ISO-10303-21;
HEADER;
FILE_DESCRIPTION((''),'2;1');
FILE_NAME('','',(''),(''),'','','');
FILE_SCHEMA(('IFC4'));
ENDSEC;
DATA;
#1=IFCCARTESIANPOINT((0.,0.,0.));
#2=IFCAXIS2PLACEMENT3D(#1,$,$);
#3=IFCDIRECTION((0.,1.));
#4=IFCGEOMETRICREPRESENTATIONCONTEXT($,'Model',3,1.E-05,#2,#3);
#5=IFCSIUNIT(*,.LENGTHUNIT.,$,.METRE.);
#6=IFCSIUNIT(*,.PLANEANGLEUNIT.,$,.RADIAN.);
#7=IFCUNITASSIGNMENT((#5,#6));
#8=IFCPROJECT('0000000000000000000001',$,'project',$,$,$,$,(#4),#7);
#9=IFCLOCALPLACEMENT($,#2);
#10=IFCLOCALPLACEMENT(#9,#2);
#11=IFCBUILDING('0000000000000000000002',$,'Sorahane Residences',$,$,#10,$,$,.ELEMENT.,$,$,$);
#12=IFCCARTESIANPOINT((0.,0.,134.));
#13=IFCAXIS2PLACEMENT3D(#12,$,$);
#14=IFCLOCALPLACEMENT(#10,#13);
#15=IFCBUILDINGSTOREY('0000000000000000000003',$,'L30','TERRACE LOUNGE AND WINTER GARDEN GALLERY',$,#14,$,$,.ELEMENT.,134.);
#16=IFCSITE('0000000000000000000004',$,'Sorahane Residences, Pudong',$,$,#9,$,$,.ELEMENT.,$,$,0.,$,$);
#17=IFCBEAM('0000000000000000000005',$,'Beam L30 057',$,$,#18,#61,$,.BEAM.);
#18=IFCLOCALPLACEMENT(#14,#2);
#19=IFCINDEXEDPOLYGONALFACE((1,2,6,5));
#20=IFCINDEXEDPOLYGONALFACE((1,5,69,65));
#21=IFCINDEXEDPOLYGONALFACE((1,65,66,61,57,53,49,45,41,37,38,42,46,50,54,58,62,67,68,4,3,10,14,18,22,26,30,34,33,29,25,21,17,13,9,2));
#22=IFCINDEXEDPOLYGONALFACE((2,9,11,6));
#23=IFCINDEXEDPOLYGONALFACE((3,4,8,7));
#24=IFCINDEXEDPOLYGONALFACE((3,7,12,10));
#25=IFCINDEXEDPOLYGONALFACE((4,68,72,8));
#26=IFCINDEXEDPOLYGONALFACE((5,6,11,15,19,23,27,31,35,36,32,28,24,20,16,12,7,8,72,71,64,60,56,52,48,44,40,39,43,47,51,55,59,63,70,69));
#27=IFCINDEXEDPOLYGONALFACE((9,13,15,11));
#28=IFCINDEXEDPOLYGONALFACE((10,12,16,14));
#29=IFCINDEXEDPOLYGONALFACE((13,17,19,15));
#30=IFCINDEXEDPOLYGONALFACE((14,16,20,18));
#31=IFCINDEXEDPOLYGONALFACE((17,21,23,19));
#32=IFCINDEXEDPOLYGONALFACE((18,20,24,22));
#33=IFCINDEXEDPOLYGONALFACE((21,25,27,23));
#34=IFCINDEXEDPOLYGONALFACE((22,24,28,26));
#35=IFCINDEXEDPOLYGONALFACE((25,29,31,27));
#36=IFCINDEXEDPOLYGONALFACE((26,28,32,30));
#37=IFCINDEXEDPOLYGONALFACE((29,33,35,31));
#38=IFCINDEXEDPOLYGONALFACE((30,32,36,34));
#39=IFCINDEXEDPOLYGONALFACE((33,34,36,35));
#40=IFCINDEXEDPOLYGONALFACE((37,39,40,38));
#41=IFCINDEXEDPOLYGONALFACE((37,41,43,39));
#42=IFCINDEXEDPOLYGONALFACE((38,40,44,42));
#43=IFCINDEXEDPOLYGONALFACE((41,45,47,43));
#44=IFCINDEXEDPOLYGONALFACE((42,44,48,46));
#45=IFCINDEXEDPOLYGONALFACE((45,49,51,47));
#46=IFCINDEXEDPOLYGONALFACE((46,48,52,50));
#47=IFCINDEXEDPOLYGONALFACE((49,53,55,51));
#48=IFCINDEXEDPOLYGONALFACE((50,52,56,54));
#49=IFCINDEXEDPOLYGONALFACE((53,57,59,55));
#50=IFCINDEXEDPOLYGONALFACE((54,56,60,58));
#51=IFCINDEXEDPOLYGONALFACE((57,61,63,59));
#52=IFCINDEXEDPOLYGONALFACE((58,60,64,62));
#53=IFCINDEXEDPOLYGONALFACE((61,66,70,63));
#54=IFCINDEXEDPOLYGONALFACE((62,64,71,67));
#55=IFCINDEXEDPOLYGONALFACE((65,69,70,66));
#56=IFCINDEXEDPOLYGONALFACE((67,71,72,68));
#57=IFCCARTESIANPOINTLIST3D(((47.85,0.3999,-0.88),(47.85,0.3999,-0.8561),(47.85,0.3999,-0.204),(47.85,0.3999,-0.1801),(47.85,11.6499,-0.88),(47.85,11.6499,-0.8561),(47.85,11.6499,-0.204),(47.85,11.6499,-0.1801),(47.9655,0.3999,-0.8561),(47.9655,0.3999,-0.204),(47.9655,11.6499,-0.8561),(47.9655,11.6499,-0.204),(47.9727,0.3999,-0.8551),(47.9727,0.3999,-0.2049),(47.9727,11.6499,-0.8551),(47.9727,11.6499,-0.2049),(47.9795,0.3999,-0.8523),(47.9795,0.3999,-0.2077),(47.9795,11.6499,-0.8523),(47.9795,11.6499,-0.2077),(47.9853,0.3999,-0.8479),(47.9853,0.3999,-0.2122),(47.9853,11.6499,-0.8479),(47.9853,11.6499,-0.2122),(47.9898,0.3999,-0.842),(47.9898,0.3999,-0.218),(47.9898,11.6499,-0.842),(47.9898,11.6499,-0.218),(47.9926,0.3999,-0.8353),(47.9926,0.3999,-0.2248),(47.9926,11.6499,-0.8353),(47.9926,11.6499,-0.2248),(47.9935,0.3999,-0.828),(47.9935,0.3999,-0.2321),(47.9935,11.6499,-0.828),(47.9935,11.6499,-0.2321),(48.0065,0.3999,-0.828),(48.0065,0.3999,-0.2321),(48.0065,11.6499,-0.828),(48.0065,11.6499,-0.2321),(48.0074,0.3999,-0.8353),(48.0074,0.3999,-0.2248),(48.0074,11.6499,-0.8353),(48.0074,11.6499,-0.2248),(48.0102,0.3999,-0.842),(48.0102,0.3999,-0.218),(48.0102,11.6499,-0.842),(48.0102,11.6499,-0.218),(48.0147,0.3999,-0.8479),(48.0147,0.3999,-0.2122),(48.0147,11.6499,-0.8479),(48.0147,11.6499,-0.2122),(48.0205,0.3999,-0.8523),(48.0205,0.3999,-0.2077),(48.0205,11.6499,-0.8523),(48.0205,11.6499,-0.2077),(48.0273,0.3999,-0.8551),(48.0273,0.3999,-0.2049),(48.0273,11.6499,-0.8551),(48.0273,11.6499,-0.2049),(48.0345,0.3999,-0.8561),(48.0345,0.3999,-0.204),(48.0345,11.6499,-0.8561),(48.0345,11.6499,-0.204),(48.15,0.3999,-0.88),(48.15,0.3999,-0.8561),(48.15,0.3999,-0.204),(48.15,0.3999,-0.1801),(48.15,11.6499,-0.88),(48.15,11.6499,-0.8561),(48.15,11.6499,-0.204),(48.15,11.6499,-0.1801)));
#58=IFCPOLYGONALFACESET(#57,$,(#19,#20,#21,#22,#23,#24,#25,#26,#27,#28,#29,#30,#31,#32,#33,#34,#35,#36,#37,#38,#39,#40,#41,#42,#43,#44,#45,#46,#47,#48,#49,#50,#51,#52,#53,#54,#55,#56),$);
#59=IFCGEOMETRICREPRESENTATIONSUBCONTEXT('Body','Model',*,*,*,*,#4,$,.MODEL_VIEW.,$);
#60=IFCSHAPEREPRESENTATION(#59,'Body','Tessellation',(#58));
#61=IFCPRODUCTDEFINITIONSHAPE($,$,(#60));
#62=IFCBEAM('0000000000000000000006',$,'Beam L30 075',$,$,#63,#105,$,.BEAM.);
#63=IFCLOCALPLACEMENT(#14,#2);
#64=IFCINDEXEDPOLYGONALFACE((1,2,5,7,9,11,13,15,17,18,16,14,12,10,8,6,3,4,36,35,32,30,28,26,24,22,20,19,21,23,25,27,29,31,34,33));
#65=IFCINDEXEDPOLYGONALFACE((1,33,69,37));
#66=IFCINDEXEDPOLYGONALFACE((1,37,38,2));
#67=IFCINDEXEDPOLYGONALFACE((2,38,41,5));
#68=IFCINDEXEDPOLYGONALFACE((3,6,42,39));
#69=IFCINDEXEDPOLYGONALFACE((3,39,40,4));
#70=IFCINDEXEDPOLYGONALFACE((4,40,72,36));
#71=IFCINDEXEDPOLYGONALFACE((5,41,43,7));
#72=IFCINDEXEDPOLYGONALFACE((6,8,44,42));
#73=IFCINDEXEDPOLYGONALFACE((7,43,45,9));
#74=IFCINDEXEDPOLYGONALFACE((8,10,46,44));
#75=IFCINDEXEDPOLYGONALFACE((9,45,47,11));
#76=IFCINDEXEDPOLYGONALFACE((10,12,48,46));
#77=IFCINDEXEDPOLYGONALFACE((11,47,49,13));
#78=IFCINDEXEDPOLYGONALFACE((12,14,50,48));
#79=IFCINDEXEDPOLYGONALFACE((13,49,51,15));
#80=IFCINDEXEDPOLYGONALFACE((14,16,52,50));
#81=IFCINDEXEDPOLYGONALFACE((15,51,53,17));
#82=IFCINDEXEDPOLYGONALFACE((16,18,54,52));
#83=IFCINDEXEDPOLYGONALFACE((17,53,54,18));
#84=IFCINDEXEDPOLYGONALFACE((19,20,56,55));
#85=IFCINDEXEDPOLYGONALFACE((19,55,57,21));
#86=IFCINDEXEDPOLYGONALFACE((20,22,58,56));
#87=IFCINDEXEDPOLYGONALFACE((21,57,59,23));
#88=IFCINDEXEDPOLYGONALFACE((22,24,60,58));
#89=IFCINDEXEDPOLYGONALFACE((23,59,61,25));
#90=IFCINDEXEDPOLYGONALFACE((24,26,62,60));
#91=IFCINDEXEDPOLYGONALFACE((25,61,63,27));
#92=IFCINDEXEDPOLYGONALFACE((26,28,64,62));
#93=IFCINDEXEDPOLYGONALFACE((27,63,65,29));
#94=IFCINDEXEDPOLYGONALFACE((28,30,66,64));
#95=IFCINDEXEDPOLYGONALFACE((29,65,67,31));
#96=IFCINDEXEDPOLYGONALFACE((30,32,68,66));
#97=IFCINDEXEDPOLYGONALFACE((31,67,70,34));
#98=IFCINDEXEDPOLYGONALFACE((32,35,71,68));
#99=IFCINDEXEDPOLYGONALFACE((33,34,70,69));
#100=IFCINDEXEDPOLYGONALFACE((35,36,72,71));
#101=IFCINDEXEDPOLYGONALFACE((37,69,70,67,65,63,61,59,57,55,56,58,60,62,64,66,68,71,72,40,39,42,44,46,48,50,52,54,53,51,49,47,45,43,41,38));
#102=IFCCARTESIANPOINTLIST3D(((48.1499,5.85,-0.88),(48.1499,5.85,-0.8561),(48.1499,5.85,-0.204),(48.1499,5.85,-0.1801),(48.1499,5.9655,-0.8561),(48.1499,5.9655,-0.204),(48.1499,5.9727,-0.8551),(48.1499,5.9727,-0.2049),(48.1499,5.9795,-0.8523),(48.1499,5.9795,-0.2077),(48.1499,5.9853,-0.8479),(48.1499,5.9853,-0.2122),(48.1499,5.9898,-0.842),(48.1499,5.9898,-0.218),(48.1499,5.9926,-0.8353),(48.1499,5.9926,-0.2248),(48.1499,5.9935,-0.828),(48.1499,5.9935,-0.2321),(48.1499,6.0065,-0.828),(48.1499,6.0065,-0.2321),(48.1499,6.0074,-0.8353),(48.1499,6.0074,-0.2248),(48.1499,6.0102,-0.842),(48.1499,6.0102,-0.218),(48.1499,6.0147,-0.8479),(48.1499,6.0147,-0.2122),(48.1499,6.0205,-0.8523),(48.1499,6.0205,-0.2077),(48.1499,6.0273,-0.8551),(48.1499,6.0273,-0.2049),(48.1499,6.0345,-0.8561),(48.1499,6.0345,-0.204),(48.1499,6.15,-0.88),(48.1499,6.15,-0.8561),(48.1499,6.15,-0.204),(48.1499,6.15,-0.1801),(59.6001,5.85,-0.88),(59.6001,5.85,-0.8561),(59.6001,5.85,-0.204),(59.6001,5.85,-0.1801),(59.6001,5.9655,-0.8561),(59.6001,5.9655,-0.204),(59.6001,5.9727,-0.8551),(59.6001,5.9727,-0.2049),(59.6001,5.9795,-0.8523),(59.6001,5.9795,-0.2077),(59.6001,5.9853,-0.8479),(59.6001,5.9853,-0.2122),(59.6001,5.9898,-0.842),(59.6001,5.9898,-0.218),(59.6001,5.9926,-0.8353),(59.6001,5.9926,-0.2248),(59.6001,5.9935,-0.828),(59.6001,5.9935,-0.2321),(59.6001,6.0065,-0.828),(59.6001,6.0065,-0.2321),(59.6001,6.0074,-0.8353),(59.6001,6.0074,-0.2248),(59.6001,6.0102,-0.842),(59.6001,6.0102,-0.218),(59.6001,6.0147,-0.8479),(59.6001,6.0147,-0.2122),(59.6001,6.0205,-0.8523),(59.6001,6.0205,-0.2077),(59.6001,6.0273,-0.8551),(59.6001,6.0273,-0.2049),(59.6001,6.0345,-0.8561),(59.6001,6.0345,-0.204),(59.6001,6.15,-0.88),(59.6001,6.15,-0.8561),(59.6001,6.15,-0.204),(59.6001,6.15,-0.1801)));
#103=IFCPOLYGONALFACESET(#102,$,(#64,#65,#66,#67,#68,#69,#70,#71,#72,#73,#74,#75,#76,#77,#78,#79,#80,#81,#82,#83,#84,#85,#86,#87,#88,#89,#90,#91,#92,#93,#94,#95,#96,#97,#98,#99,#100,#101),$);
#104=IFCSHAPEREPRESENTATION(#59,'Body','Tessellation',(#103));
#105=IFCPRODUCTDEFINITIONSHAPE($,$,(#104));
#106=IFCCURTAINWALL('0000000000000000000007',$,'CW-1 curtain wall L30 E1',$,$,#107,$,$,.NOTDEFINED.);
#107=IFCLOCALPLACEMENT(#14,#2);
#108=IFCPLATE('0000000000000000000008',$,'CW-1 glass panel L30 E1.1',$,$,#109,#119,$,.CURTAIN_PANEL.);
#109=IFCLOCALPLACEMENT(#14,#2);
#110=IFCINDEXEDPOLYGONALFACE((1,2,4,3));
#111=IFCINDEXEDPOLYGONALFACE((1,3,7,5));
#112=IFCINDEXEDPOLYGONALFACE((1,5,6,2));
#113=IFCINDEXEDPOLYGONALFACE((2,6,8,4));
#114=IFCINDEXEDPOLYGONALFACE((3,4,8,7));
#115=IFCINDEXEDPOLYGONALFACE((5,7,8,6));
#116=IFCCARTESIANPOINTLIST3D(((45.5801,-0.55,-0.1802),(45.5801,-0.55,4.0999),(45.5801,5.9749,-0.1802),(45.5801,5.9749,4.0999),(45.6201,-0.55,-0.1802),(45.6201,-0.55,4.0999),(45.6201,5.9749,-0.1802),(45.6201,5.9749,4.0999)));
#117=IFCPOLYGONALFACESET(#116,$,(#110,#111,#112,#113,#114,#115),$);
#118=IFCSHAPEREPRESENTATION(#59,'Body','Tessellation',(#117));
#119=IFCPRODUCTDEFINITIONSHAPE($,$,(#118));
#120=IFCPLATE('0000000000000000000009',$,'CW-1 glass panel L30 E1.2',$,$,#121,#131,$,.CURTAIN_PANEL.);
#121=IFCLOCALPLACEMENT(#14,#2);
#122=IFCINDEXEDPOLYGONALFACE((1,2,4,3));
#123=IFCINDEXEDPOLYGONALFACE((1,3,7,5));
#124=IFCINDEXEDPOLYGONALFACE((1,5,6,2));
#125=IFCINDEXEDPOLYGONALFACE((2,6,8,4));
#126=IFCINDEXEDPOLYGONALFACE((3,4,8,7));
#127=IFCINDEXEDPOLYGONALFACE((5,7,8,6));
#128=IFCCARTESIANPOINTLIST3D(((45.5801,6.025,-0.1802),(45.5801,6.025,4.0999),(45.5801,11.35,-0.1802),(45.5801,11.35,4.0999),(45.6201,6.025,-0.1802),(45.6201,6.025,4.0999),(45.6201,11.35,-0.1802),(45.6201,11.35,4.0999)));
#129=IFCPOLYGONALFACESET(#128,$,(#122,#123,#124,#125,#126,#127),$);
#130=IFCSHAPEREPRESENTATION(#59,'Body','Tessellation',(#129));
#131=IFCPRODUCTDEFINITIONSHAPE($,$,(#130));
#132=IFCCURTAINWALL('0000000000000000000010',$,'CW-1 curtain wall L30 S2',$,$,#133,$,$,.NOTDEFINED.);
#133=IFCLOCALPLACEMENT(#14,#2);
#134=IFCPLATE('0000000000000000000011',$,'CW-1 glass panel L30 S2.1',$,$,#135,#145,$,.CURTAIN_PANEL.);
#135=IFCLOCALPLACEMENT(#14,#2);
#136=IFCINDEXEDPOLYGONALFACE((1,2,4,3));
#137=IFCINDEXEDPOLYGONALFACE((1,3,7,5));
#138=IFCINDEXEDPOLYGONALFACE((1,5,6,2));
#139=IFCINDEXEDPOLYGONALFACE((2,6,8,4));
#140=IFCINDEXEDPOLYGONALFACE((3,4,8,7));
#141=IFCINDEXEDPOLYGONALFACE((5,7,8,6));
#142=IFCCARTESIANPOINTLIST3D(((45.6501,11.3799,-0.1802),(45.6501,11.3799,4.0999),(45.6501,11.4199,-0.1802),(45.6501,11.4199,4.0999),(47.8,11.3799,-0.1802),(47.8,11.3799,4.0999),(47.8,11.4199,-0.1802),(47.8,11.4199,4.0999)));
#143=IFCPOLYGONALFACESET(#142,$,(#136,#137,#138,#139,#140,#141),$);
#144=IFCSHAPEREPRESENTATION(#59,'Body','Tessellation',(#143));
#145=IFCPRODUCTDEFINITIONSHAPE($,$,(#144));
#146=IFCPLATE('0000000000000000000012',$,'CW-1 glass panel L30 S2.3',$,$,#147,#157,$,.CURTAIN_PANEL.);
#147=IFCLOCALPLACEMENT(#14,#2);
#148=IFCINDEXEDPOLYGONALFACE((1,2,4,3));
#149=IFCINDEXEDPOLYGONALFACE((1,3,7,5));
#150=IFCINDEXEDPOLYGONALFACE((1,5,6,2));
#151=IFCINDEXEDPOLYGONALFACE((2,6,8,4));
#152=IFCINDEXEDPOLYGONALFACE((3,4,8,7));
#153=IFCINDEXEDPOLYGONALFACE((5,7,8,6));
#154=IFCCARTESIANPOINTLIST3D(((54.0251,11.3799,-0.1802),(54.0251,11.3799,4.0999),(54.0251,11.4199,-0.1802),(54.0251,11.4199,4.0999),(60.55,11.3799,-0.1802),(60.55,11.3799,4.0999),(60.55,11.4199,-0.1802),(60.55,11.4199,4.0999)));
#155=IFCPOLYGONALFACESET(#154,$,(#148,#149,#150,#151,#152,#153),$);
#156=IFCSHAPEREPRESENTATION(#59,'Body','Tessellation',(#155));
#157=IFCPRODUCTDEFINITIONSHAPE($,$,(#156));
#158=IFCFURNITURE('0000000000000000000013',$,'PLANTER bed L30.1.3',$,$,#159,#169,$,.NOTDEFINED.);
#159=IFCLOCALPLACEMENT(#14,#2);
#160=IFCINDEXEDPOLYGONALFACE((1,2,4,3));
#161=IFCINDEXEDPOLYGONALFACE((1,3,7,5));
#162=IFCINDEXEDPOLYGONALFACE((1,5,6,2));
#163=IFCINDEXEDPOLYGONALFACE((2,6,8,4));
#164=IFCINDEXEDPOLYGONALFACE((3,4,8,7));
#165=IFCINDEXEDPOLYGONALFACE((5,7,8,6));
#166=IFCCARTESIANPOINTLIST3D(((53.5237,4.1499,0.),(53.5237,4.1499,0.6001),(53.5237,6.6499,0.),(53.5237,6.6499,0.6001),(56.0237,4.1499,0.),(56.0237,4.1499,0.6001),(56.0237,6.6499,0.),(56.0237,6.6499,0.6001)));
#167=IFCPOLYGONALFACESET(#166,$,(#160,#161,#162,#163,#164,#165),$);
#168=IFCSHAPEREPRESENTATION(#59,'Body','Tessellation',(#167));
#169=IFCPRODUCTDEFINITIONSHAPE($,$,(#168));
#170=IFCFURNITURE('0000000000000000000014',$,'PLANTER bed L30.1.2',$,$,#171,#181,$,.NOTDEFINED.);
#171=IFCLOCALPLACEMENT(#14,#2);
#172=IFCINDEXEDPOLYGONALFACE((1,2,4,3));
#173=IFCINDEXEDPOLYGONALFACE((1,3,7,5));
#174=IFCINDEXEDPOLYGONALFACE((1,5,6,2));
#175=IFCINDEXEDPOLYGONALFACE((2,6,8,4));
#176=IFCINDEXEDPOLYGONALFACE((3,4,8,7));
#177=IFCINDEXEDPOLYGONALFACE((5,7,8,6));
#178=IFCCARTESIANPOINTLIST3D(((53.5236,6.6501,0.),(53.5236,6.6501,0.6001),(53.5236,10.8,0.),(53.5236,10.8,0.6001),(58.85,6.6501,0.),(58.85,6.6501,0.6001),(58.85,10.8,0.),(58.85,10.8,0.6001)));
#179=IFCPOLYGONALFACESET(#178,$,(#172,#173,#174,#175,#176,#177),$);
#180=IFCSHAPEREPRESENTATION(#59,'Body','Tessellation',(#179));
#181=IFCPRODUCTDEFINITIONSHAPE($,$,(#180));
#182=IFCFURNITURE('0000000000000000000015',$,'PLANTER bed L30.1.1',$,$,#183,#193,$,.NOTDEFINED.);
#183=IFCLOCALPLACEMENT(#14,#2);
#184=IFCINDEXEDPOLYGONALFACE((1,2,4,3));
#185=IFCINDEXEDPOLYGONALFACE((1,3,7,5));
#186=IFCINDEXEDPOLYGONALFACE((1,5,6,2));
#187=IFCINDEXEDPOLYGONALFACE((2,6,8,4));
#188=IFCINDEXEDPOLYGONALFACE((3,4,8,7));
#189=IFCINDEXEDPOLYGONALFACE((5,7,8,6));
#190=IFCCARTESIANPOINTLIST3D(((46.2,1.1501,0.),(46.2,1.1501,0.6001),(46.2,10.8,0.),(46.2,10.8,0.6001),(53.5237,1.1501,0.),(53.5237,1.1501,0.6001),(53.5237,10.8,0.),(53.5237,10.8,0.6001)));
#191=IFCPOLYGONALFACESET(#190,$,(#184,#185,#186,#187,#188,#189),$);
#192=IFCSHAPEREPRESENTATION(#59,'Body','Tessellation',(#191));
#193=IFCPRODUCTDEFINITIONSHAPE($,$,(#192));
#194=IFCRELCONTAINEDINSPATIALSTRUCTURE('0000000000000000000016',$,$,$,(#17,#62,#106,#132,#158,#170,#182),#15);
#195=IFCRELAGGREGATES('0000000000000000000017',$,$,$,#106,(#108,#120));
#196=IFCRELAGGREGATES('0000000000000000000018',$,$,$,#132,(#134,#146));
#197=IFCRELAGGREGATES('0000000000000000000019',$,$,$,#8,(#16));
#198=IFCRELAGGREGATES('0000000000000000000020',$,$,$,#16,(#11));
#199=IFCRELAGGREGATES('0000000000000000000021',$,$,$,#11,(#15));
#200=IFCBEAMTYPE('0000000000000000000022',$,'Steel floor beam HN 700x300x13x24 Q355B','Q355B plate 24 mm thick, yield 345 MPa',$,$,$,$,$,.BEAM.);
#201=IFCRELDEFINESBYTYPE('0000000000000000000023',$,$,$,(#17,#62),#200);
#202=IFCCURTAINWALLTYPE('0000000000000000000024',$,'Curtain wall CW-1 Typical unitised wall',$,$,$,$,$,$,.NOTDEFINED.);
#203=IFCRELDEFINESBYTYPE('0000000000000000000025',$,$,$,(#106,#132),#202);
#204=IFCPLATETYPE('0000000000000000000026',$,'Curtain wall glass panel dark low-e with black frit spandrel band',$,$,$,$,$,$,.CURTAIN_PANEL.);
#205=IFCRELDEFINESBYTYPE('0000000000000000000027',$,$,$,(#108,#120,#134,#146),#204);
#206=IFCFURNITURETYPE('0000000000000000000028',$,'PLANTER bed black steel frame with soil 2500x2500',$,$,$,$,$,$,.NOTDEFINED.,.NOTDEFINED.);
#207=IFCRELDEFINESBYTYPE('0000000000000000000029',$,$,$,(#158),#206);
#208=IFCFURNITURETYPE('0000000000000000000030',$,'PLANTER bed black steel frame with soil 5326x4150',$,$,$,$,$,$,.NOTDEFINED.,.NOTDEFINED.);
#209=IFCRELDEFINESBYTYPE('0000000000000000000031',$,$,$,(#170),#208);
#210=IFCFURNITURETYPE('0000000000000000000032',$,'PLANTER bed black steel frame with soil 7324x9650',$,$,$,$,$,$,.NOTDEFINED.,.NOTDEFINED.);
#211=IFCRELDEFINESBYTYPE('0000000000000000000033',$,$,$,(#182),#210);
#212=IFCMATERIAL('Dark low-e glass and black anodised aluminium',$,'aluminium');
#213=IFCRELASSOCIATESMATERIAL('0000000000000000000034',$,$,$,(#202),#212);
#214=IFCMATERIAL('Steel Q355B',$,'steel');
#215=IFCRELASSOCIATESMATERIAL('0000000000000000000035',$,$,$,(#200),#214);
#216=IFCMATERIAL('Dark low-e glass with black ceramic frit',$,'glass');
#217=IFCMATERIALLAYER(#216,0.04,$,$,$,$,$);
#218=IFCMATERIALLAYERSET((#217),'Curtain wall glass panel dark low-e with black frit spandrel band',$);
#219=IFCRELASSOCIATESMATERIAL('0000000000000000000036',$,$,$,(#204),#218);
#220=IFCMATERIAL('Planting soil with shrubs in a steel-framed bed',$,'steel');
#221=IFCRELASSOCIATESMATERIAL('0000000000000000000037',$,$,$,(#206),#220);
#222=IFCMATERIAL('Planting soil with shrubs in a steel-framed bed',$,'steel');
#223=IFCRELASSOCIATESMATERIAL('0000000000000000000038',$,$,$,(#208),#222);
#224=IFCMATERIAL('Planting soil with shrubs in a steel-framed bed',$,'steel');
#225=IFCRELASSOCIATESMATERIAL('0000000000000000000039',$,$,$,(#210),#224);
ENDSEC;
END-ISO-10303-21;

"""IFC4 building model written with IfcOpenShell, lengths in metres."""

from ifc_helpers import new_model, si_unit, direction, frame, origin, origin_2d, place, context, subcontext, project, spatial, rectangle, i_section, extrude, material, layer, layer_set, material_profile, profile_set, type_object, element, aggregate, save


model = new_model("IFC4")

# Units and contexts
model_context = context("Model", 3, precision=1e-05, world=origin(), true_north=direction((0.0, 1.0)))
body_context = subcontext(model_context, "Body", "Model", "MODEL_VIEW")
ifc_project = project(units=[si_unit("LENGTHUNIT", "METRE"), si_unit("PLANEANGLEUNIT", "RADIAN")], contexts=[model_context])

# Site, building, storey
site_placement = place(None, origin())
site = spatial("IfcSite", under=ifc_project, at=site_placement, Name="Sorahane Residences, Pudong", CompositionType="ELEMENT", RefElevation=0.0)
building_placement = place(site_placement, origin())
building = spatial("IfcBuilding", under=site, at=building_placement, Name="Sorahane Residences", CompositionType="ELEMENT")
storey_placement = place(building_placement, frame((0.0, 0.0, 134.0)))
storey = spatial("IfcBuildingStorey", under=building, at=storey_placement, Name="L30", Description="TERRACE LOUNGE AND WINTER GARDEN GALLERY", CompositionType="ELEMENT", Elevation=134.0)

# Shared definitions
ifc_material_1 = material(Name="Dark low-e glass and black anodised aluminium", Category="aluminium")
curtain_wall_type = type_object("IfcCurtainWallType", Name="Curtain wall CW-1 Typical unitised wall", PredefinedType="NOTDEFINED", material=ifc_material_1)

# Beams
ifc_material_2 = material(Name="Steel Q355B", Category="steel")
ifc_material_profile_1 = material_profile(ifc_material_2, i_section(OverallWidth=0.3, OverallDepth=0.7, WebThickness=0.0129, FlangeThickness=0.0239, FilletRadius=0.0281, at=origin_2d()), Name="HN 700x300x13x24")
ifc_profile_set_1 = profile_set([ifc_material_profile_1], Name="Steel Q355B")
beam_type_1 = type_object("IfcBeamType", Name="Steel floor beam HN 700x300x13x24 Q355B", Description="Q355B plate 24 mm thick, yield 345 MPa", PredefinedType="BEAM", material=ifc_profile_set_1)
beam_1_placement = place(storey_placement, frame((48.0, 0.3999, -0.53), z_axis=(0.0, 1.0, 0.0), x_axis=(-1.0, 0.0, 0.0)))
element("IfcBeam", 1, at=beam_1_placement, inside=storey, type_object=beam_type_1, Name="Beam L30 057", PredefinedType="BEAM", context=body_context, shape_type="SweptSolid", body=[
    extrude(i_section(OverallWidth=0.3, OverallDepth=0.7, WebThickness=0.0129, FlangeThickness=0.0239, FilletRadius=0.0281, at=origin_2d()), origin(), (0.0, 0.0, 1.0), 11.25),
])
beam_2_placement = place(storey_placement, frame((48.1499, 6.0, -0.53), z_axis=(1.0, 0.0, 0.0), x_axis=(0.0, 1.0, 0.0)))
element("IfcBeam", 2, at=beam_2_placement, inside=storey, type_object=beam_type_1, Name="Beam L30 075", PredefinedType="BEAM", context=body_context, shape_type="SweptSolid", body=[
    extrude(i_section(OverallWidth=0.3, OverallDepth=0.7, WebThickness=0.0129, FlangeThickness=0.0239, FilletRadius=0.0281, at=origin_2d()), origin(), (0.0, 0.0, 1.0), 11.4502),
])

# Curtain walls, plates
curtain_wall_1_placement = place(storey_placement, origin())
curtain_wall_1 = element("IfcCurtainWall", 3, at=curtain_wall_1_placement, inside=storey, type_object=curtain_wall_type, Name="CW-1 curtain wall L30 E1", PredefinedType="NOTDEFINED")
ifc_material_3 = material(Name="Dark low-e glass with black ceramic frit", Category="glass")
ifc_layer_1 = layer(ifc_material_3, 0.04)
ifc_layer_set_1 = layer_set([ifc_layer_1], Name="Curtain wall glass panel dark low-e with black frit spandrel band")
plate_type = type_object("IfcPlateType", Name="Curtain wall glass panel dark low-e with black frit spandrel band", PredefinedType="CURTAIN_PANEL", material=ifc_layer_set_1)
plate_1_placement = place(storey_placement, frame((45.6001, 2.7124, -0.1802), z_axis=(0.0, 0.0, 1.0), x_axis=(0.0, 1.0, 0.0)))
plate_1 = element("IfcPlate", 4, at=plate_1_placement, type_object=plate_type, Name="CW-1 glass panel L30 E1.1", PredefinedType="CURTAIN_PANEL", context=body_context, shape_type="SweptSolid", body=[
    extrude(rectangle(XDim=6.5249, YDim=0.04, at=origin_2d()), origin(), (0.0, 0.0, 1.0), 4.28),
])
plate_2_placement = place(storey_placement, frame((45.6001, 8.6875, -0.1802), z_axis=(0.0, 0.0, 1.0), x_axis=(0.0, 1.0, 0.0)))
plate_2 = element("IfcPlate", 5, at=plate_2_placement, type_object=plate_type, Name="CW-1 glass panel L30 E1.2", PredefinedType="CURTAIN_PANEL", context=body_context, shape_type="SweptSolid", body=[
    extrude(rectangle(XDim=5.325, YDim=0.04, at=origin_2d()), origin(), (0.0, 0.0, 1.0), 4.28),
])
aggregate(curtain_wall_1, [plate_1, plate_2])
curtain_wall_2_placement = place(storey_placement, origin())
curtain_wall_2 = element("IfcCurtainWall", 6, at=curtain_wall_2_placement, inside=storey, type_object=curtain_wall_type, Name="CW-1 curtain wall L30 S2", PredefinedType="NOTDEFINED")
plate_3_placement = place(storey_placement, frame((46.7251, 11.3999, -0.1802), z_axis=(0.0, 0.0, 1.0), x_axis=(1.0, 0.0, 0.0)))
plate_3 = element("IfcPlate", 7, at=plate_3_placement, type_object=plate_type, Name="CW-1 glass panel L30 S2.1", PredefinedType="CURTAIN_PANEL", context=body_context, shape_type="SweptSolid", body=[
    extrude(rectangle(XDim=2.1499, YDim=0.04, at=origin_2d()), origin(), (0.0, 0.0, 1.0), 4.28),
])
plate_4_placement = place(storey_placement, frame((57.2876, 11.3999, -0.1802), z_axis=(0.0, 0.0, 1.0), x_axis=(1.0, 0.0, 0.0)))
plate_4 = element("IfcPlate", 8, at=plate_4_placement, type_object=plate_type, Name="CW-1 glass panel L30 S2.3", PredefinedType="CURTAIN_PANEL", context=body_context, shape_type="SweptSolid", body=[
    extrude(rectangle(XDim=6.5249, YDim=0.04, at=origin_2d()), origin(), (0.0, 0.0, 1.0), 4.28),
])
aggregate(curtain_wall_2, [plate_3, plate_4])

# Furniture
ifc_material_4 = material(Name="Planting soil with shrubs in a steel-framed bed", Category="steel")
furniture_type_1 = type_object("IfcFurnitureType", Name="PLANTER bed black steel frame with soil 2500x2500", AssemblyPlace="NOTDEFINED", PredefinedType="NOTDEFINED", material=ifc_material_4)
furniture_1_placement = place(storey_placement, frame((54.7737, 5.3999, 0.0), z_axis=(0.0, 0.0, 1.0), x_axis=(1.0, 0.0, 0.0)))
element("IfcFurniture", 9, at=furniture_1_placement, inside=storey, type_object=furniture_type_1, Name="PLANTER bed L30.1.3", PredefinedType="NOTDEFINED", context=body_context, shape_type="SweptSolid", body=[
    extrude(rectangle(XDim=2.5, YDim=2.5, at=origin_2d()), origin(), (0.0, 0.0, 1.0), 0.6001),
])
ifc_material_5 = material(Name="Planting soil with shrubs in a steel-framed bed", Category="steel")
furniture_type_2 = type_object("IfcFurnitureType", Name="PLANTER bed black steel frame with soil 5326x4150", AssemblyPlace="NOTDEFINED", PredefinedType="NOTDEFINED", material=ifc_material_5)
furniture_2_placement = place(storey_placement, frame((56.1868, 8.7251, 0.0), z_axis=(0.0, 0.0, 1.0), x_axis=(1.0, 0.0, 0.0)))
element("IfcFurniture", 10, at=furniture_2_placement, inside=storey, type_object=furniture_type_2, Name="PLANTER bed L30.1.2", PredefinedType="NOTDEFINED", context=body_context, shape_type="SweptSolid", body=[
    extrude(rectangle(XDim=5.3264, YDim=4.1499, at=origin_2d()), origin(), (0.0, 0.0, 1.0), 0.6001),
])
ifc_material_6 = material(Name="Planting soil with shrubs in a steel-framed bed", Category="steel")
furniture_type_3 = type_object("IfcFurnitureType", Name="PLANTER bed black steel frame with soil 7324x9650", AssemblyPlace="NOTDEFINED", PredefinedType="NOTDEFINED", material=ifc_material_6)
furniture_3_placement = place(storey_placement, frame((49.8618, 5.9751, 0.0), z_axis=(0.0, 0.0, 1.0), x_axis=(1.0, 0.0, 0.0)))
element("IfcFurniture", 11, at=furniture_3_placement, inside=storey, type_object=furniture_type_3, Name="PLANTER bed L30.1.1", PredefinedType="NOTDEFINED", context=body_context, shape_type="SweptSolid", body=[
    extrude(rectangle(XDim=7.3237, YDim=9.6499, at=origin_2d()), origin(), (0.0, 0.0, 1.0), 0.6001),
])

save(model, "model.ifc")
